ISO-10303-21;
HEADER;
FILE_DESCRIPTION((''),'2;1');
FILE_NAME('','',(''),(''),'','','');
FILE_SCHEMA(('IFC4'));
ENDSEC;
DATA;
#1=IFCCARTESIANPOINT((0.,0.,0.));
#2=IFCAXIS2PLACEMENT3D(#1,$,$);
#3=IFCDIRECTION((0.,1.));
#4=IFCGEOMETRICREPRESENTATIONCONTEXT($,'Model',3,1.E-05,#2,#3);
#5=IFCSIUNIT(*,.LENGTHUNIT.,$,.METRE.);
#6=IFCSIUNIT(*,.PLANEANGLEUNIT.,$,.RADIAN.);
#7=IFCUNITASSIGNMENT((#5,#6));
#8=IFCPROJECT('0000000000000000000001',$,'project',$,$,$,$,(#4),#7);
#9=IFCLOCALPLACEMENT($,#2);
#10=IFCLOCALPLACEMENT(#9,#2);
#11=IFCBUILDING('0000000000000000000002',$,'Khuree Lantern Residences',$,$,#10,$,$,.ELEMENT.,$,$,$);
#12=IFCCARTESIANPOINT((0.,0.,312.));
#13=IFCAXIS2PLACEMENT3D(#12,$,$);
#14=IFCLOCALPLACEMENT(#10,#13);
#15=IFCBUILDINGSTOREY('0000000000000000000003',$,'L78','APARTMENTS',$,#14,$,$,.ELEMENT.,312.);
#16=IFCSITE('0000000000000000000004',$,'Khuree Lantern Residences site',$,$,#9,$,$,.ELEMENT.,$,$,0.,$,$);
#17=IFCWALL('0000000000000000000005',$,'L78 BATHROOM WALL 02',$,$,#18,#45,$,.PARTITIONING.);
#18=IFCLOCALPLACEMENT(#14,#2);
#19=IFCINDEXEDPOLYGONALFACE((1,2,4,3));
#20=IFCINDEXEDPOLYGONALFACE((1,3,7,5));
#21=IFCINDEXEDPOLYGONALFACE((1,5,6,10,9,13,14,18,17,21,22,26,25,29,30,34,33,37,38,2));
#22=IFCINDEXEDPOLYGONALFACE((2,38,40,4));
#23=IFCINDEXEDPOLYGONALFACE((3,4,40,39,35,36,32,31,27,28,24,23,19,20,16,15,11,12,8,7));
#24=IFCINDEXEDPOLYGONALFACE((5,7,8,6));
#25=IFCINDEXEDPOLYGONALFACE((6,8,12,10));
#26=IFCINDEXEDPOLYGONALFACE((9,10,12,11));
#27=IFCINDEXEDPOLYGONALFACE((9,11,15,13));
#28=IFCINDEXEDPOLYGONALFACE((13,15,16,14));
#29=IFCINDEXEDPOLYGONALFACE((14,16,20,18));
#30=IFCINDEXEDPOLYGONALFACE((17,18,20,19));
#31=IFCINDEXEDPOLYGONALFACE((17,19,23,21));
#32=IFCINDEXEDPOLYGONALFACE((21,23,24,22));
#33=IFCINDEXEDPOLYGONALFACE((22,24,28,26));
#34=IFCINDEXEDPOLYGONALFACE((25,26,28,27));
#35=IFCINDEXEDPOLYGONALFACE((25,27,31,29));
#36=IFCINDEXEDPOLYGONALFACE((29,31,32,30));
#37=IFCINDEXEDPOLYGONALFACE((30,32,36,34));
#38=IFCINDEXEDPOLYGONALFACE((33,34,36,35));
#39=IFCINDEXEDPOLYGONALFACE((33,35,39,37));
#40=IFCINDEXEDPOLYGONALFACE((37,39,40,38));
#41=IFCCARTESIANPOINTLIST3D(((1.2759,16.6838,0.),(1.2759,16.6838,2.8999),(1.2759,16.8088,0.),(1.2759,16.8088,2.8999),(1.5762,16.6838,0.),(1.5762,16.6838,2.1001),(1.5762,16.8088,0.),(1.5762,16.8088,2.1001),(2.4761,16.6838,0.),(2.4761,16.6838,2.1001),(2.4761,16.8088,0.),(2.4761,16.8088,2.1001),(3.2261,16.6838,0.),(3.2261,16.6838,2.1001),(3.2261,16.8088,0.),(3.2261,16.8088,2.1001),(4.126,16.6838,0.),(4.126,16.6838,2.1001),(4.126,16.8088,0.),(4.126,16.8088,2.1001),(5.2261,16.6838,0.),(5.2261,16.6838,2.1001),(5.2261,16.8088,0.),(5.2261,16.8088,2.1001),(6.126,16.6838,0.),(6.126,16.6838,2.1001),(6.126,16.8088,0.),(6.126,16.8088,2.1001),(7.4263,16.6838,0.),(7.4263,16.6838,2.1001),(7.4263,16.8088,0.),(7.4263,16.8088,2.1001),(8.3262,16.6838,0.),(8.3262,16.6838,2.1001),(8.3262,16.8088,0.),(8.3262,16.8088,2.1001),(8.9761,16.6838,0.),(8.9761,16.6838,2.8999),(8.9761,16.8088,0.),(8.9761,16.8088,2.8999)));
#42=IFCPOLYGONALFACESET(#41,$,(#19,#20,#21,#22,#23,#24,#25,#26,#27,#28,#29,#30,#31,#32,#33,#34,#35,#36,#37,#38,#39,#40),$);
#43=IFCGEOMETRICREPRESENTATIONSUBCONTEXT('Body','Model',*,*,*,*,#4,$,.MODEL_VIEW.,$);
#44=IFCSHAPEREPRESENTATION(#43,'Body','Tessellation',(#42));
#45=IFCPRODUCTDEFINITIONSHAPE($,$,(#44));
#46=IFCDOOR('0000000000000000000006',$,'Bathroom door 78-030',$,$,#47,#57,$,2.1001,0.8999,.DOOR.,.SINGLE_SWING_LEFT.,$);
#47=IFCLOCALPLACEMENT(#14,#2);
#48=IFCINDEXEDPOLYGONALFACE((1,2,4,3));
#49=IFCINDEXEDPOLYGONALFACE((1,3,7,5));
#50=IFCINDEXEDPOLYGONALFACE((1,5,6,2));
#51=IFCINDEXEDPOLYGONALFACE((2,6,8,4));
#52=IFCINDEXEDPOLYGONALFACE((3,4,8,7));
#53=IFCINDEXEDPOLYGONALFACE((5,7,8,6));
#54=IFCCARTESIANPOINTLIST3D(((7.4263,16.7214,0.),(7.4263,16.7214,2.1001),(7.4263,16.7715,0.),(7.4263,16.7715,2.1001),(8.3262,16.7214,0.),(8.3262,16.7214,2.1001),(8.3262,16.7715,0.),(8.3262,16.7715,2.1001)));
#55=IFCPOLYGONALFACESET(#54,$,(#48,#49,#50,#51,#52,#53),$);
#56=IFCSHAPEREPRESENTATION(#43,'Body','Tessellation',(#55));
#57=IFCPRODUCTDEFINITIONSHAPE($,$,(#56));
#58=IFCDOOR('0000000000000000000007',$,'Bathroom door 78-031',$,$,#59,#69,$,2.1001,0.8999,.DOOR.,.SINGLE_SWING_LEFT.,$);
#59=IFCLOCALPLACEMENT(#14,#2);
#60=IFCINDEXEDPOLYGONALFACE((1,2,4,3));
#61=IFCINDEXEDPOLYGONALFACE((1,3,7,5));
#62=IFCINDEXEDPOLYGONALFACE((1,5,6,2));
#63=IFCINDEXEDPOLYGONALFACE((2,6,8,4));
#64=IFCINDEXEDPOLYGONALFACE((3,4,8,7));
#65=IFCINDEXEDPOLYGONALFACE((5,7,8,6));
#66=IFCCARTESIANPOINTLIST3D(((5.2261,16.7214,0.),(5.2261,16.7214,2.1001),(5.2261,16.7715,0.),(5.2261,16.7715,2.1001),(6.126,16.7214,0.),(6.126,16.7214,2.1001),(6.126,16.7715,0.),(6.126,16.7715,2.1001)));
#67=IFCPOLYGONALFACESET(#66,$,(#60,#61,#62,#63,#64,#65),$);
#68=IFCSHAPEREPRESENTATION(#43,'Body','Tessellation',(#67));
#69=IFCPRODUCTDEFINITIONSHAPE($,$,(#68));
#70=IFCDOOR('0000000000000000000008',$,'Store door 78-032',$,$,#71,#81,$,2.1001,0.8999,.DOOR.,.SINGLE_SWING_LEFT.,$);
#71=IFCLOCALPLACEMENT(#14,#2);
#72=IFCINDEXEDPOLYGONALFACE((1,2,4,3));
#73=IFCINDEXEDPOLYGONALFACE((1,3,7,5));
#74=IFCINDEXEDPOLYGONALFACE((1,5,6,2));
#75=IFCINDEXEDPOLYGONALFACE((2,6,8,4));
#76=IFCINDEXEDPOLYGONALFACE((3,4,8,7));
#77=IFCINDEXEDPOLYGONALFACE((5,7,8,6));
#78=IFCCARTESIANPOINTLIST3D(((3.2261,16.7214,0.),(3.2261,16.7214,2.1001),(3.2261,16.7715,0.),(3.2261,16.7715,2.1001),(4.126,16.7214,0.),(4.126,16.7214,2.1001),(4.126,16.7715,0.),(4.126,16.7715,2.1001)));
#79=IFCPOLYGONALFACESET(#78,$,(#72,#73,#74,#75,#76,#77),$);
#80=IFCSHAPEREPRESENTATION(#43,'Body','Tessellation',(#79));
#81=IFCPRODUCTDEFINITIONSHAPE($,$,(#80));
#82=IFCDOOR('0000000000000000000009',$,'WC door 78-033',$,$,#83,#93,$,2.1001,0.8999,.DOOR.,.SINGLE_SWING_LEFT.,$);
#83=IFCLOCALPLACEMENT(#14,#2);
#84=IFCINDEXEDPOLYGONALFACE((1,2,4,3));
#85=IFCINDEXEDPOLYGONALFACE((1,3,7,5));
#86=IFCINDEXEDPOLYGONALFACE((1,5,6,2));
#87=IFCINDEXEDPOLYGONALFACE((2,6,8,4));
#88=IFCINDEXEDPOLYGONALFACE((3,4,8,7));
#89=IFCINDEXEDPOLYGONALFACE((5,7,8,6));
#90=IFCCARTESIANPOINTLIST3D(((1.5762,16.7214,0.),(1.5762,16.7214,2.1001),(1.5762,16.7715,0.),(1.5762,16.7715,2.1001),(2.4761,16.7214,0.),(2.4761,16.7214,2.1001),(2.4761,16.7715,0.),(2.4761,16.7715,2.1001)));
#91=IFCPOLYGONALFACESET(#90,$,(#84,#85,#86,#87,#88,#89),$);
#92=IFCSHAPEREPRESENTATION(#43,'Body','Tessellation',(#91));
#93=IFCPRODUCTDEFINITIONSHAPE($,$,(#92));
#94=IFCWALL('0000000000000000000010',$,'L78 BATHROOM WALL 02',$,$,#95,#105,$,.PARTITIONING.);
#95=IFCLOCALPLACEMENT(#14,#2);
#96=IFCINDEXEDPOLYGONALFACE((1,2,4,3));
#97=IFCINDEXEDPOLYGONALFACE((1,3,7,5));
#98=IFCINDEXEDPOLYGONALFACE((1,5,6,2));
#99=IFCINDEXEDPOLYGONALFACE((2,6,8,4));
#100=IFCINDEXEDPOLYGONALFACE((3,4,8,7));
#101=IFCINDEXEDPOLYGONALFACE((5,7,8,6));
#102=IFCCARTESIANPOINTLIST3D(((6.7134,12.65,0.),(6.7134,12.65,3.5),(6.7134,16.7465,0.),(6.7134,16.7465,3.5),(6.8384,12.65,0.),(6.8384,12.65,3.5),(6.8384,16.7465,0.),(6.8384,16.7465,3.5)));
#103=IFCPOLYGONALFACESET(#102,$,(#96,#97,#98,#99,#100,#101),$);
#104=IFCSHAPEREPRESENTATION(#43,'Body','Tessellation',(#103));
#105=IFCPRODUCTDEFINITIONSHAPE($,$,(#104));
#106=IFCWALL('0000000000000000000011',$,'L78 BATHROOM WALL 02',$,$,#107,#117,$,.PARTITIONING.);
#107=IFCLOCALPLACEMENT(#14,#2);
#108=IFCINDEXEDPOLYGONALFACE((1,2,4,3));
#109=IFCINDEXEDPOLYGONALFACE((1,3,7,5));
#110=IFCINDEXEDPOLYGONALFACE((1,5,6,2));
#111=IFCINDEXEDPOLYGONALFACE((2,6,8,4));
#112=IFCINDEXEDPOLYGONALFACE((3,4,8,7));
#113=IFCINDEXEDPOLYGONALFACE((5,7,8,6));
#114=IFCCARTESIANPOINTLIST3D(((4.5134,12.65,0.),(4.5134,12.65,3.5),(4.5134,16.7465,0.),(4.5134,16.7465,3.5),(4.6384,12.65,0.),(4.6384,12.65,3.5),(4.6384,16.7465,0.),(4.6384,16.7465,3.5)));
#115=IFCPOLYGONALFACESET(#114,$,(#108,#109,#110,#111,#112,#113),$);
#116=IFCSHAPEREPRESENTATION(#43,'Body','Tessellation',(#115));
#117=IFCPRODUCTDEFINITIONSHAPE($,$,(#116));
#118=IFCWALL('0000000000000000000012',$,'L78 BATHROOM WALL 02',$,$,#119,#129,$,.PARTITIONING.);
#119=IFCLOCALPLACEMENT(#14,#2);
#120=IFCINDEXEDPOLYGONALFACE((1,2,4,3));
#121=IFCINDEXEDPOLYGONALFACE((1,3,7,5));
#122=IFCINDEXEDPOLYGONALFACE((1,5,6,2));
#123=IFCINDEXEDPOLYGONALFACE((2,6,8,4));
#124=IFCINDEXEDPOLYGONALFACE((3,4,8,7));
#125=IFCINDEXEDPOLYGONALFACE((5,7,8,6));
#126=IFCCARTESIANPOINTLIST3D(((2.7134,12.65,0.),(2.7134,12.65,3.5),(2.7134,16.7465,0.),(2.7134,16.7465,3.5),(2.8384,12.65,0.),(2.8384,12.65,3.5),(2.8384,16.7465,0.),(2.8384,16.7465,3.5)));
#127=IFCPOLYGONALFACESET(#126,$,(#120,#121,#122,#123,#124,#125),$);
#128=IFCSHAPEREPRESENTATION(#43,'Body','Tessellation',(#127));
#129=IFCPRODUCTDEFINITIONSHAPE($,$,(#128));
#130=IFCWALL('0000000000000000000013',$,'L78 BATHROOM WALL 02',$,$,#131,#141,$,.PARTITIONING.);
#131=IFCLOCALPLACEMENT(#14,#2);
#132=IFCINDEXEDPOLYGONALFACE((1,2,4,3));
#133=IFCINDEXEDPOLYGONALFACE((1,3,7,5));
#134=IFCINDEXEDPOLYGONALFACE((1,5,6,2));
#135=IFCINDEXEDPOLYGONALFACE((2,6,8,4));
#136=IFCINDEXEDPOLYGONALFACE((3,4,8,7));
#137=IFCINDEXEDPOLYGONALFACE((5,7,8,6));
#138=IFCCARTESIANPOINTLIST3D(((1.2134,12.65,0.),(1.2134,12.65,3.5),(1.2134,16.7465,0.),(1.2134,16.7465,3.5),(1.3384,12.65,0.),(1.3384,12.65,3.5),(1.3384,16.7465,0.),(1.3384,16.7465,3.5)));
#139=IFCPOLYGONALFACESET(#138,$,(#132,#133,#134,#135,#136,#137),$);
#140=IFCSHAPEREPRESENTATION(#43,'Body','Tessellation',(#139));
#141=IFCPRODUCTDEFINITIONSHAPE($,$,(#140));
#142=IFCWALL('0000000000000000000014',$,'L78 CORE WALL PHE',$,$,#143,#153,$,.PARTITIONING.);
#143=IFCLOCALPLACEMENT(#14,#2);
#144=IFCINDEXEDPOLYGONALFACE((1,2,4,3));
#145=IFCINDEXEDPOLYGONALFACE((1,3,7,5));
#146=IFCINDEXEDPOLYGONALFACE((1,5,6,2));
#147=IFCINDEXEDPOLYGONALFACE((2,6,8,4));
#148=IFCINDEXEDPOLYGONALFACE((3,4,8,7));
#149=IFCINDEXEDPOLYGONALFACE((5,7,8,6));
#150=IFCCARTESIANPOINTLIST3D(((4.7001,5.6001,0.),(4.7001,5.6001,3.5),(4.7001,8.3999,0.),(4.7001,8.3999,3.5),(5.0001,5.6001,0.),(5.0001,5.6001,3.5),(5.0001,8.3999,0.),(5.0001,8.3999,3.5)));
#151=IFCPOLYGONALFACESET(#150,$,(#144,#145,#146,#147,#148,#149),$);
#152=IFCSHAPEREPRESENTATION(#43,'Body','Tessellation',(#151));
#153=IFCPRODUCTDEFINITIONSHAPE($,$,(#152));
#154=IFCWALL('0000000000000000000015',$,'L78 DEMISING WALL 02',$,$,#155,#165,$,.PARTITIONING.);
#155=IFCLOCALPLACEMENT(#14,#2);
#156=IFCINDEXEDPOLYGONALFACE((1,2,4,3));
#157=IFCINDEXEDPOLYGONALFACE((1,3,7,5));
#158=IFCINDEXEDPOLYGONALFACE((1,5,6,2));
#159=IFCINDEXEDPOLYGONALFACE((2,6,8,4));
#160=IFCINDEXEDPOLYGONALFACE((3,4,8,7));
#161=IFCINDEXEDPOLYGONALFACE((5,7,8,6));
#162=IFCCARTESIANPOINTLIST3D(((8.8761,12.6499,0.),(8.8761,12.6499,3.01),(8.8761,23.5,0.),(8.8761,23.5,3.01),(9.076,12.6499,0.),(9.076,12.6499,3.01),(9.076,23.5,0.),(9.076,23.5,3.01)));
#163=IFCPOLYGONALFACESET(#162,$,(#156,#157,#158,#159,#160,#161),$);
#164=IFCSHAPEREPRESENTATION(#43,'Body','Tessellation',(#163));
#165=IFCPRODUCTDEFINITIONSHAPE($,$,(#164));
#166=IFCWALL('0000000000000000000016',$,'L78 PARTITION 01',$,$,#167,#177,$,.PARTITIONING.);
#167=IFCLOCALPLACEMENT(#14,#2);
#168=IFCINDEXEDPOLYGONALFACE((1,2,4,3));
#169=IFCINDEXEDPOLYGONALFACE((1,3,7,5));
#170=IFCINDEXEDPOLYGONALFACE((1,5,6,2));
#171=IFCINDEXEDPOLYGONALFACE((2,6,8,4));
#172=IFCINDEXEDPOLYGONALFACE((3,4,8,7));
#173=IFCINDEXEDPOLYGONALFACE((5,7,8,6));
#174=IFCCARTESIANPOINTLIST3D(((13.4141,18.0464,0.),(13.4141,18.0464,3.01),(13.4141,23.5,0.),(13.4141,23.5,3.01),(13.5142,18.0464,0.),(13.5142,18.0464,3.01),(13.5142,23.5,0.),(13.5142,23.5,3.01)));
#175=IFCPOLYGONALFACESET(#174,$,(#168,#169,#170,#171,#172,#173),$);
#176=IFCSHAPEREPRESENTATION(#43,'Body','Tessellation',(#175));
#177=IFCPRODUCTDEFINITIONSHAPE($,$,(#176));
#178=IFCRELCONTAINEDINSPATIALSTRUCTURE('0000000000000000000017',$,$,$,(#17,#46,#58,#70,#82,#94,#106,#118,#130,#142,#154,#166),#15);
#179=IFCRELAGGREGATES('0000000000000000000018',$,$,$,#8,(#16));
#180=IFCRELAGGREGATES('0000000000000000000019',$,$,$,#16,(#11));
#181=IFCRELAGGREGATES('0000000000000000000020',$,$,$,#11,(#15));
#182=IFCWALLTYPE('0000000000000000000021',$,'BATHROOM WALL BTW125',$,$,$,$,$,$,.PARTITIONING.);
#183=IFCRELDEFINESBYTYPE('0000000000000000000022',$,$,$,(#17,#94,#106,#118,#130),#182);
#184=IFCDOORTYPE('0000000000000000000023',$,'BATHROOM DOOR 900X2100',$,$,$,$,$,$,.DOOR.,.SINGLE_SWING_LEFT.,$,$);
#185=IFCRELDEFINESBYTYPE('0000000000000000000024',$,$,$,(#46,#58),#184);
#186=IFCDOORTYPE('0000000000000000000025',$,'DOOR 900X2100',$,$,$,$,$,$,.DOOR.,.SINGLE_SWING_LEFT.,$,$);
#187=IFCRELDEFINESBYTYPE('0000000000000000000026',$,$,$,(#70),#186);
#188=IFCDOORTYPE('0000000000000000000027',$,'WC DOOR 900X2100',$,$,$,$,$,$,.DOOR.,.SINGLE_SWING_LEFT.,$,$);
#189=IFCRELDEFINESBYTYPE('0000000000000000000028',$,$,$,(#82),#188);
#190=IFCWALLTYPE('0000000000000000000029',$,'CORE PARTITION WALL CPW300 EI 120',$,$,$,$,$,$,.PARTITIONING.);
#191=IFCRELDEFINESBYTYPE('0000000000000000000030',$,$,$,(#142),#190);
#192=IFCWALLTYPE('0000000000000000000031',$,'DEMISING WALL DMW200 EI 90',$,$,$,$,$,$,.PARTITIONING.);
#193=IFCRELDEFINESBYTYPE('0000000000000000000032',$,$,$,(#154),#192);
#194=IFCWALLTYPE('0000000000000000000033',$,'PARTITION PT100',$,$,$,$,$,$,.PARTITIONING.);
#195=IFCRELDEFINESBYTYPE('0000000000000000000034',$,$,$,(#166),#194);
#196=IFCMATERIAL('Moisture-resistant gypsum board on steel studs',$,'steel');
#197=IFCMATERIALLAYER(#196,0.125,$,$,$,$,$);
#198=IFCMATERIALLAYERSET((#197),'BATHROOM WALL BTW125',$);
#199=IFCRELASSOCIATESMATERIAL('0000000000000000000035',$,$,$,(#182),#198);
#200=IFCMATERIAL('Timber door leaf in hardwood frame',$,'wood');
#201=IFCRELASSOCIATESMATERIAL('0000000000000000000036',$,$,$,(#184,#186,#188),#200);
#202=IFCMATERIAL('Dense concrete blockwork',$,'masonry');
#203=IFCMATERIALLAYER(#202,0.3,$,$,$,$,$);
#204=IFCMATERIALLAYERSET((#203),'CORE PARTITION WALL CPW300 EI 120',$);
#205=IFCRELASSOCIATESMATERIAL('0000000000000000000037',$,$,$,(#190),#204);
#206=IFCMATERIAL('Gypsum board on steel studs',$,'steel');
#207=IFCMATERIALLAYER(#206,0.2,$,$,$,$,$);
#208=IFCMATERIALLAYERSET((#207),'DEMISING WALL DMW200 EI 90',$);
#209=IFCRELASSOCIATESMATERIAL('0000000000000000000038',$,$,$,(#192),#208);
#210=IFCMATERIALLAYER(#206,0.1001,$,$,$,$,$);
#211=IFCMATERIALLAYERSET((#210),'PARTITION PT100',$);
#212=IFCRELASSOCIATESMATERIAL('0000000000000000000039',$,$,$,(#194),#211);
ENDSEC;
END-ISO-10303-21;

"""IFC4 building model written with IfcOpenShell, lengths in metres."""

from ifc_helpers import new_model, si_unit, direction, frame, frame_2d, origin, place, context, subcontext, project, spatial, rectangle, extrude, material, layer, layer_set, type_object, element, fill, save


model = new_model("IFC4")

# Units and contexts
model_context = context("Model", 3, precision=1e-05, world=origin(), true_north=direction((0.0, 1.0)))
body_context = subcontext(model_context, "Body", "Model", "MODEL_VIEW")
ifc_project = project(units=[si_unit("LENGTHUNIT", "METRE"), si_unit("PLANEANGLEUNIT", "RADIAN")], contexts=[model_context])

# Site, building, storey
site_placement = place(None, origin())
site = spatial("IfcSite", under=ifc_project, at=site_placement, Name="Khuree Lantern Residences site", CompositionType="ELEMENT", RefElevation=0.0)
building_placement = place(site_placement, origin())
building = spatial("IfcBuilding", under=site, at=building_placement, Name="Khuree Lantern Residences", CompositionType="ELEMENT")
storey_placement = place(building_placement, frame((0.0, 0.0, 312.0)))
storey = spatial("IfcBuildingStorey", under=building, at=storey_placement, Name="L78", Description="APARTMENTS", CompositionType="ELEMENT", Elevation=312.0)

# Wall, openings, doors
ifc_material_1 = material(Name="Moisture-resistant gypsum board on steel studs", Category="steel")
ifc_layer_1 = layer(ifc_material_1, 0.125)
ifc_layer_set_1 = layer_set([ifc_layer_1], Name="BATHROOM WALL BTW125")
wall_type_1 = type_object("IfcWallType", Name="BATHROOM WALL BTW125", PredefinedType="PARTITIONING", material=ifc_layer_set_1)
wall_1_placement = place(storey_placement, frame((8.9761, 16.7463, 0.0), z_axis=(0.0, 0.0, 1.0), x_axis=(-1.0, 0.0, 0.0)))
wall_1 = element("IfcWall", 1, at=wall_1_placement, inside=storey, type_object=wall_type_1, Name="L78 BATHROOM WALL 02", PredefinedType="PARTITIONING", context=body_context, shape_type="SweptSolid", body=[
    extrude(rectangle(XDim=7.7002, YDim=0.125, at=frame_2d((3.8501, 0.0))), origin(), (0.0, 0.0, 1.0), 2.8999),
])
opening_1_placement = place(wall_1_placement, frame((0.6499, 0.0, 0.0)))
opening_1 = element("IfcOpeningElement", 2, at=opening_1_placement, cuts=wall_1, PredefinedType="OPENING", context=body_context, shape_type="SweptSolid", body=[
    extrude(rectangle(XDim=0.8999, YDim=2.1001, at=frame_2d((0.45, 1.05))), frame((0.0, 0.0725, 0.0), z_axis=(0.0, -1.0, 0.0), x_axis=(1.0, 0.0, 0.0)), (0.0, 0.0, 1.0), 0.145),
])
opening_2_placement = place(wall_1_placement, frame((2.8501, 0.0, 0.0)))
opening_2 = element("IfcOpeningElement", 3, at=opening_2_placement, cuts=wall_1, PredefinedType="OPENING", context=body_context, shape_type="SweptSolid", body=[
    extrude(rectangle(XDim=0.8999, YDim=2.1001, at=frame_2d((0.45, 1.05))), frame((0.0, 0.0725, 0.0), z_axis=(0.0, -1.0, 0.0), x_axis=(1.0, 0.0, 0.0)), (0.0, 0.0, 1.0), 0.145),
])
opening_3_placement = place(wall_1_placement, frame((4.8501, 0.0, 0.0)))
opening_3 = element("IfcOpeningElement", 4, at=opening_3_placement, cuts=wall_1, PredefinedType="OPENING", context=body_context, shape_type="SweptSolid", body=[
    extrude(rectangle(XDim=0.8999, YDim=2.1001, at=frame_2d((0.45, 1.05))), frame((0.0, 0.0725, 0.0), z_axis=(0.0, -1.0, 0.0), x_axis=(1.0, 0.0, 0.0)), (0.0, 0.0, 1.0), 0.145),
])
opening_4_placement = place(wall_1_placement, frame((6.5, 0.0, 0.0)))
opening_4 = element("IfcOpeningElement", 5, at=opening_4_placement, cuts=wall_1, PredefinedType="OPENING", context=body_context, shape_type="SweptSolid", body=[
    extrude(rectangle(XDim=0.8999, YDim=2.1001, at=frame_2d((0.45, 1.05))), frame((0.0, 0.0725, 0.0), z_axis=(0.0, -1.0, 0.0), x_axis=(1.0, 0.0, 0.0)), (0.0, 0.0, 1.0), 0.145),
])
ifc_material_2 = material(Name="Timber door leaf in hardwood frame", Category="wood")
door_type_1 = type_object("IfcDoorType", Name="BATHROOM DOOR 900X2100", OperationType="SINGLE_SWING_LEFT", PredefinedType="DOOR", material=ifc_material_2)
door_1_placement = place(opening_1_placement, origin())
door_1 = element("IfcDoor", 6, at=door_1_placement, inside=storey, type_object=door_type_1, Name="Bathroom door 78-030", OperationType="SINGLE_SWING_LEFT", OverallHeight=2.1001, OverallWidth=0.8999, PredefinedType="DOOR", context=body_context, shape_type="SweptSolid", body=[
    extrude(rectangle(XDim=0.8999, YDim=2.1001, at=frame_2d((0.45, 1.05))), frame((0.0, 0.0249, 0.0), z_axis=(0.0, -1.0, 0.0), x_axis=(1.0, 0.0, 0.0)), (0.0, 0.0, 1.0), 0.05),
])
fill(opening_1, door_1)
door_2_placement = place(opening_2_placement, origin())
door_2 = element("IfcDoor", 7, at=door_2_placement, inside=storey, type_object=door_type_1, Name="Bathroom door 78-031", OperationType="SINGLE_SWING_LEFT", OverallHeight=2.1001, OverallWidth=0.8999, PredefinedType="DOOR", context=body_context, shape_type="SweptSolid", body=[
    extrude(rectangle(XDim=0.8999, YDim=2.1001, at=frame_2d((0.45, 1.05))), frame((0.0, 0.0249, 0.0), z_axis=(0.0, -1.0, 0.0), x_axis=(1.0, 0.0, 0.0)), (0.0, 0.0, 1.0), 0.05),
])
fill(opening_2, door_2)
door_type_2 = type_object("IfcDoorType", Name="DOOR 900X2100", OperationType="SINGLE_SWING_LEFT", PredefinedType="DOOR", material=ifc_material_2)
door_3_placement = place(opening_3_placement, origin())
door_3 = element("IfcDoor", 8, at=door_3_placement, inside=storey, type_object=door_type_2, Name="Store door 78-032", OperationType="SINGLE_SWING_LEFT", OverallHeight=2.1001, OverallWidth=0.8999, PredefinedType="DOOR", context=body_context, shape_type="SweptSolid", body=[
    extrude(rectangle(XDim=0.8999, YDim=2.1001, at=frame_2d((0.45, 1.05))), frame((0.0, 0.0249, 0.0), z_axis=(0.0, -1.0, 0.0), x_axis=(1.0, 0.0, 0.0)), (0.0, 0.0, 1.0), 0.05),
])
fill(opening_3, door_3)
door_type_3 = type_object("IfcDoorType", Name="WC DOOR 900X2100", OperationType="SINGLE_SWING_LEFT", PredefinedType="DOOR", material=ifc_material_2)
door_4_placement = place(opening_4_placement, origin())
door_4 = element("IfcDoor", 9, at=door_4_placement, inside=storey, type_object=door_type_3, Name="WC door 78-033", OperationType="SINGLE_SWING_LEFT", OverallHeight=2.1001, OverallWidth=0.8999, PredefinedType="DOOR", context=body_context, shape_type="SweptSolid", body=[
    extrude(rectangle(XDim=0.8999, YDim=2.1001, at=frame_2d((0.45, 1.05))), frame((0.0, 0.0249, 0.0), z_axis=(0.0, -1.0, 0.0), x_axis=(1.0, 0.0, 0.0)), (0.0, 0.0, 1.0), 0.05),
])
fill(opening_4, door_4)

# Walls
for number, where, z_axis, x_axis, name in (
    (10, (6.7759, 12.6499, 0.0), (0.0, 0.0, 1.0), (0.0, 1.0, 0.0), "L78 BATHROOM WALL 02"),
    (11, (4.5759, 12.6499, 0.0), (0.0, 0.0, 1.0), (0.0, 1.0, 0.0), "L78 BATHROOM WALL 02"),
    (12, (2.7759, 12.6499, 0.0), (0.0, 0.0, 1.0), (0.0, 1.0, 0.0), "L78 BATHROOM WALL 02"),
    (13, (1.2759, 12.6499, 0.0), (0.0, 0.0, 1.0), (0.0, 1.0, 0.0), "L78 BATHROOM WALL 02"),
):
    element("IfcWall", number, at=place(storey_placement, frame(where, z_axis=z_axis, x_axis=x_axis)), inside=storey, type_object=wall_type_1, Name=name, PredefinedType="PARTITIONING", context=body_context, shape_type="SweptSolid", body=[
        extrude(rectangle(XDim=4.0964, YDim=0.125, at=frame_2d((2.0483, 0.0))), origin(), (0.0, 0.0, 1.0), 3.5),
    ])
ifc_material_3 = material(Name="Dense concrete blockwork", Category="masonry")
ifc_layer_2 = layer(ifc_material_3, 0.3)
ifc_layer_set_2 = layer_set([ifc_layer_2], Name="CORE PARTITION WALL CPW300 EI 120")
wall_type_2 = type_object("IfcWallType", Name="CORE PARTITION WALL CPW300 EI 120", PredefinedType="PARTITIONING", material=ifc_layer_set_2)
wall_2_placement = place(storey_placement, frame((4.8501, 5.6001, 0.0), z_axis=(0.0, 0.0, 1.0), x_axis=(0.0, 1.0, 0.0)))
element("IfcWall", 14, at=wall_2_placement, inside=storey, type_object=wall_type_2, Name="L78 CORE WALL PHE", PredefinedType="PARTITIONING", context=body_context, shape_type="SweptSolid", body=[
    extrude(rectangle(XDim=2.7998, YDim=0.3, at=frame_2d((1.3999, 0.0))), origin(), (0.0, 0.0, 1.0), 3.5),
])
ifc_material_4 = material(Name="Gypsum board on steel studs", Category="steel")
ifc_layer_3 = layer(ifc_material_4, 0.2)
ifc_layer_set_3 = layer_set([ifc_layer_3], Name="DEMISING WALL DMW200 EI 90")
wall_type_3 = type_object("IfcWallType", Name="DEMISING WALL DMW200 EI 90", PredefinedType="PARTITIONING", material=ifc_layer_set_3)
wall_3_placement = place(storey_placement, frame((8.9761, 12.6499, 0.0), z_axis=(0.0, 0.0, 1.0), x_axis=(0.0, 1.0, 0.0)))
element("IfcWall", 15, at=wall_3_placement, inside=storey, type_object=wall_type_3, Name="L78 DEMISING WALL 02", PredefinedType="PARTITIONING", context=body_context, shape_type="SweptSolid", body=[
    extrude(rectangle(XDim=10.8501, YDim=0.2, at=frame_2d((5.425, 0.0))), origin(), (0.0, 0.0, 1.0), 3.01),
])
ifc_layer_4 = layer(ifc_material_4, 0.1001)
ifc_layer_set_4 = layer_set([ifc_layer_4], Name="PARTITION PT100")
wall_type_4 = type_object("IfcWallType", Name="PARTITION PT100", PredefinedType="PARTITIONING", material=ifc_layer_set_4)
wall_4_placement = place(storey_placement, frame((13.4641, 18.0464, 0.0), z_axis=(0.0, 0.0, 1.0), x_axis=(0.0, 1.0, 0.0)))
element("IfcWall", 16, at=wall_4_placement, inside=storey, type_object=wall_type_4, Name="L78 PARTITION 01", PredefinedType="PARTITIONING", context=body_context, shape_type="SweptSolid", body=[
    extrude(rectangle(XDim=5.4536, YDim=0.1001, at=frame_2d((2.7268, 0.0))), origin(), (0.0, 0.0, 1.0), 3.01),
])

save(model, "model.ifc")
